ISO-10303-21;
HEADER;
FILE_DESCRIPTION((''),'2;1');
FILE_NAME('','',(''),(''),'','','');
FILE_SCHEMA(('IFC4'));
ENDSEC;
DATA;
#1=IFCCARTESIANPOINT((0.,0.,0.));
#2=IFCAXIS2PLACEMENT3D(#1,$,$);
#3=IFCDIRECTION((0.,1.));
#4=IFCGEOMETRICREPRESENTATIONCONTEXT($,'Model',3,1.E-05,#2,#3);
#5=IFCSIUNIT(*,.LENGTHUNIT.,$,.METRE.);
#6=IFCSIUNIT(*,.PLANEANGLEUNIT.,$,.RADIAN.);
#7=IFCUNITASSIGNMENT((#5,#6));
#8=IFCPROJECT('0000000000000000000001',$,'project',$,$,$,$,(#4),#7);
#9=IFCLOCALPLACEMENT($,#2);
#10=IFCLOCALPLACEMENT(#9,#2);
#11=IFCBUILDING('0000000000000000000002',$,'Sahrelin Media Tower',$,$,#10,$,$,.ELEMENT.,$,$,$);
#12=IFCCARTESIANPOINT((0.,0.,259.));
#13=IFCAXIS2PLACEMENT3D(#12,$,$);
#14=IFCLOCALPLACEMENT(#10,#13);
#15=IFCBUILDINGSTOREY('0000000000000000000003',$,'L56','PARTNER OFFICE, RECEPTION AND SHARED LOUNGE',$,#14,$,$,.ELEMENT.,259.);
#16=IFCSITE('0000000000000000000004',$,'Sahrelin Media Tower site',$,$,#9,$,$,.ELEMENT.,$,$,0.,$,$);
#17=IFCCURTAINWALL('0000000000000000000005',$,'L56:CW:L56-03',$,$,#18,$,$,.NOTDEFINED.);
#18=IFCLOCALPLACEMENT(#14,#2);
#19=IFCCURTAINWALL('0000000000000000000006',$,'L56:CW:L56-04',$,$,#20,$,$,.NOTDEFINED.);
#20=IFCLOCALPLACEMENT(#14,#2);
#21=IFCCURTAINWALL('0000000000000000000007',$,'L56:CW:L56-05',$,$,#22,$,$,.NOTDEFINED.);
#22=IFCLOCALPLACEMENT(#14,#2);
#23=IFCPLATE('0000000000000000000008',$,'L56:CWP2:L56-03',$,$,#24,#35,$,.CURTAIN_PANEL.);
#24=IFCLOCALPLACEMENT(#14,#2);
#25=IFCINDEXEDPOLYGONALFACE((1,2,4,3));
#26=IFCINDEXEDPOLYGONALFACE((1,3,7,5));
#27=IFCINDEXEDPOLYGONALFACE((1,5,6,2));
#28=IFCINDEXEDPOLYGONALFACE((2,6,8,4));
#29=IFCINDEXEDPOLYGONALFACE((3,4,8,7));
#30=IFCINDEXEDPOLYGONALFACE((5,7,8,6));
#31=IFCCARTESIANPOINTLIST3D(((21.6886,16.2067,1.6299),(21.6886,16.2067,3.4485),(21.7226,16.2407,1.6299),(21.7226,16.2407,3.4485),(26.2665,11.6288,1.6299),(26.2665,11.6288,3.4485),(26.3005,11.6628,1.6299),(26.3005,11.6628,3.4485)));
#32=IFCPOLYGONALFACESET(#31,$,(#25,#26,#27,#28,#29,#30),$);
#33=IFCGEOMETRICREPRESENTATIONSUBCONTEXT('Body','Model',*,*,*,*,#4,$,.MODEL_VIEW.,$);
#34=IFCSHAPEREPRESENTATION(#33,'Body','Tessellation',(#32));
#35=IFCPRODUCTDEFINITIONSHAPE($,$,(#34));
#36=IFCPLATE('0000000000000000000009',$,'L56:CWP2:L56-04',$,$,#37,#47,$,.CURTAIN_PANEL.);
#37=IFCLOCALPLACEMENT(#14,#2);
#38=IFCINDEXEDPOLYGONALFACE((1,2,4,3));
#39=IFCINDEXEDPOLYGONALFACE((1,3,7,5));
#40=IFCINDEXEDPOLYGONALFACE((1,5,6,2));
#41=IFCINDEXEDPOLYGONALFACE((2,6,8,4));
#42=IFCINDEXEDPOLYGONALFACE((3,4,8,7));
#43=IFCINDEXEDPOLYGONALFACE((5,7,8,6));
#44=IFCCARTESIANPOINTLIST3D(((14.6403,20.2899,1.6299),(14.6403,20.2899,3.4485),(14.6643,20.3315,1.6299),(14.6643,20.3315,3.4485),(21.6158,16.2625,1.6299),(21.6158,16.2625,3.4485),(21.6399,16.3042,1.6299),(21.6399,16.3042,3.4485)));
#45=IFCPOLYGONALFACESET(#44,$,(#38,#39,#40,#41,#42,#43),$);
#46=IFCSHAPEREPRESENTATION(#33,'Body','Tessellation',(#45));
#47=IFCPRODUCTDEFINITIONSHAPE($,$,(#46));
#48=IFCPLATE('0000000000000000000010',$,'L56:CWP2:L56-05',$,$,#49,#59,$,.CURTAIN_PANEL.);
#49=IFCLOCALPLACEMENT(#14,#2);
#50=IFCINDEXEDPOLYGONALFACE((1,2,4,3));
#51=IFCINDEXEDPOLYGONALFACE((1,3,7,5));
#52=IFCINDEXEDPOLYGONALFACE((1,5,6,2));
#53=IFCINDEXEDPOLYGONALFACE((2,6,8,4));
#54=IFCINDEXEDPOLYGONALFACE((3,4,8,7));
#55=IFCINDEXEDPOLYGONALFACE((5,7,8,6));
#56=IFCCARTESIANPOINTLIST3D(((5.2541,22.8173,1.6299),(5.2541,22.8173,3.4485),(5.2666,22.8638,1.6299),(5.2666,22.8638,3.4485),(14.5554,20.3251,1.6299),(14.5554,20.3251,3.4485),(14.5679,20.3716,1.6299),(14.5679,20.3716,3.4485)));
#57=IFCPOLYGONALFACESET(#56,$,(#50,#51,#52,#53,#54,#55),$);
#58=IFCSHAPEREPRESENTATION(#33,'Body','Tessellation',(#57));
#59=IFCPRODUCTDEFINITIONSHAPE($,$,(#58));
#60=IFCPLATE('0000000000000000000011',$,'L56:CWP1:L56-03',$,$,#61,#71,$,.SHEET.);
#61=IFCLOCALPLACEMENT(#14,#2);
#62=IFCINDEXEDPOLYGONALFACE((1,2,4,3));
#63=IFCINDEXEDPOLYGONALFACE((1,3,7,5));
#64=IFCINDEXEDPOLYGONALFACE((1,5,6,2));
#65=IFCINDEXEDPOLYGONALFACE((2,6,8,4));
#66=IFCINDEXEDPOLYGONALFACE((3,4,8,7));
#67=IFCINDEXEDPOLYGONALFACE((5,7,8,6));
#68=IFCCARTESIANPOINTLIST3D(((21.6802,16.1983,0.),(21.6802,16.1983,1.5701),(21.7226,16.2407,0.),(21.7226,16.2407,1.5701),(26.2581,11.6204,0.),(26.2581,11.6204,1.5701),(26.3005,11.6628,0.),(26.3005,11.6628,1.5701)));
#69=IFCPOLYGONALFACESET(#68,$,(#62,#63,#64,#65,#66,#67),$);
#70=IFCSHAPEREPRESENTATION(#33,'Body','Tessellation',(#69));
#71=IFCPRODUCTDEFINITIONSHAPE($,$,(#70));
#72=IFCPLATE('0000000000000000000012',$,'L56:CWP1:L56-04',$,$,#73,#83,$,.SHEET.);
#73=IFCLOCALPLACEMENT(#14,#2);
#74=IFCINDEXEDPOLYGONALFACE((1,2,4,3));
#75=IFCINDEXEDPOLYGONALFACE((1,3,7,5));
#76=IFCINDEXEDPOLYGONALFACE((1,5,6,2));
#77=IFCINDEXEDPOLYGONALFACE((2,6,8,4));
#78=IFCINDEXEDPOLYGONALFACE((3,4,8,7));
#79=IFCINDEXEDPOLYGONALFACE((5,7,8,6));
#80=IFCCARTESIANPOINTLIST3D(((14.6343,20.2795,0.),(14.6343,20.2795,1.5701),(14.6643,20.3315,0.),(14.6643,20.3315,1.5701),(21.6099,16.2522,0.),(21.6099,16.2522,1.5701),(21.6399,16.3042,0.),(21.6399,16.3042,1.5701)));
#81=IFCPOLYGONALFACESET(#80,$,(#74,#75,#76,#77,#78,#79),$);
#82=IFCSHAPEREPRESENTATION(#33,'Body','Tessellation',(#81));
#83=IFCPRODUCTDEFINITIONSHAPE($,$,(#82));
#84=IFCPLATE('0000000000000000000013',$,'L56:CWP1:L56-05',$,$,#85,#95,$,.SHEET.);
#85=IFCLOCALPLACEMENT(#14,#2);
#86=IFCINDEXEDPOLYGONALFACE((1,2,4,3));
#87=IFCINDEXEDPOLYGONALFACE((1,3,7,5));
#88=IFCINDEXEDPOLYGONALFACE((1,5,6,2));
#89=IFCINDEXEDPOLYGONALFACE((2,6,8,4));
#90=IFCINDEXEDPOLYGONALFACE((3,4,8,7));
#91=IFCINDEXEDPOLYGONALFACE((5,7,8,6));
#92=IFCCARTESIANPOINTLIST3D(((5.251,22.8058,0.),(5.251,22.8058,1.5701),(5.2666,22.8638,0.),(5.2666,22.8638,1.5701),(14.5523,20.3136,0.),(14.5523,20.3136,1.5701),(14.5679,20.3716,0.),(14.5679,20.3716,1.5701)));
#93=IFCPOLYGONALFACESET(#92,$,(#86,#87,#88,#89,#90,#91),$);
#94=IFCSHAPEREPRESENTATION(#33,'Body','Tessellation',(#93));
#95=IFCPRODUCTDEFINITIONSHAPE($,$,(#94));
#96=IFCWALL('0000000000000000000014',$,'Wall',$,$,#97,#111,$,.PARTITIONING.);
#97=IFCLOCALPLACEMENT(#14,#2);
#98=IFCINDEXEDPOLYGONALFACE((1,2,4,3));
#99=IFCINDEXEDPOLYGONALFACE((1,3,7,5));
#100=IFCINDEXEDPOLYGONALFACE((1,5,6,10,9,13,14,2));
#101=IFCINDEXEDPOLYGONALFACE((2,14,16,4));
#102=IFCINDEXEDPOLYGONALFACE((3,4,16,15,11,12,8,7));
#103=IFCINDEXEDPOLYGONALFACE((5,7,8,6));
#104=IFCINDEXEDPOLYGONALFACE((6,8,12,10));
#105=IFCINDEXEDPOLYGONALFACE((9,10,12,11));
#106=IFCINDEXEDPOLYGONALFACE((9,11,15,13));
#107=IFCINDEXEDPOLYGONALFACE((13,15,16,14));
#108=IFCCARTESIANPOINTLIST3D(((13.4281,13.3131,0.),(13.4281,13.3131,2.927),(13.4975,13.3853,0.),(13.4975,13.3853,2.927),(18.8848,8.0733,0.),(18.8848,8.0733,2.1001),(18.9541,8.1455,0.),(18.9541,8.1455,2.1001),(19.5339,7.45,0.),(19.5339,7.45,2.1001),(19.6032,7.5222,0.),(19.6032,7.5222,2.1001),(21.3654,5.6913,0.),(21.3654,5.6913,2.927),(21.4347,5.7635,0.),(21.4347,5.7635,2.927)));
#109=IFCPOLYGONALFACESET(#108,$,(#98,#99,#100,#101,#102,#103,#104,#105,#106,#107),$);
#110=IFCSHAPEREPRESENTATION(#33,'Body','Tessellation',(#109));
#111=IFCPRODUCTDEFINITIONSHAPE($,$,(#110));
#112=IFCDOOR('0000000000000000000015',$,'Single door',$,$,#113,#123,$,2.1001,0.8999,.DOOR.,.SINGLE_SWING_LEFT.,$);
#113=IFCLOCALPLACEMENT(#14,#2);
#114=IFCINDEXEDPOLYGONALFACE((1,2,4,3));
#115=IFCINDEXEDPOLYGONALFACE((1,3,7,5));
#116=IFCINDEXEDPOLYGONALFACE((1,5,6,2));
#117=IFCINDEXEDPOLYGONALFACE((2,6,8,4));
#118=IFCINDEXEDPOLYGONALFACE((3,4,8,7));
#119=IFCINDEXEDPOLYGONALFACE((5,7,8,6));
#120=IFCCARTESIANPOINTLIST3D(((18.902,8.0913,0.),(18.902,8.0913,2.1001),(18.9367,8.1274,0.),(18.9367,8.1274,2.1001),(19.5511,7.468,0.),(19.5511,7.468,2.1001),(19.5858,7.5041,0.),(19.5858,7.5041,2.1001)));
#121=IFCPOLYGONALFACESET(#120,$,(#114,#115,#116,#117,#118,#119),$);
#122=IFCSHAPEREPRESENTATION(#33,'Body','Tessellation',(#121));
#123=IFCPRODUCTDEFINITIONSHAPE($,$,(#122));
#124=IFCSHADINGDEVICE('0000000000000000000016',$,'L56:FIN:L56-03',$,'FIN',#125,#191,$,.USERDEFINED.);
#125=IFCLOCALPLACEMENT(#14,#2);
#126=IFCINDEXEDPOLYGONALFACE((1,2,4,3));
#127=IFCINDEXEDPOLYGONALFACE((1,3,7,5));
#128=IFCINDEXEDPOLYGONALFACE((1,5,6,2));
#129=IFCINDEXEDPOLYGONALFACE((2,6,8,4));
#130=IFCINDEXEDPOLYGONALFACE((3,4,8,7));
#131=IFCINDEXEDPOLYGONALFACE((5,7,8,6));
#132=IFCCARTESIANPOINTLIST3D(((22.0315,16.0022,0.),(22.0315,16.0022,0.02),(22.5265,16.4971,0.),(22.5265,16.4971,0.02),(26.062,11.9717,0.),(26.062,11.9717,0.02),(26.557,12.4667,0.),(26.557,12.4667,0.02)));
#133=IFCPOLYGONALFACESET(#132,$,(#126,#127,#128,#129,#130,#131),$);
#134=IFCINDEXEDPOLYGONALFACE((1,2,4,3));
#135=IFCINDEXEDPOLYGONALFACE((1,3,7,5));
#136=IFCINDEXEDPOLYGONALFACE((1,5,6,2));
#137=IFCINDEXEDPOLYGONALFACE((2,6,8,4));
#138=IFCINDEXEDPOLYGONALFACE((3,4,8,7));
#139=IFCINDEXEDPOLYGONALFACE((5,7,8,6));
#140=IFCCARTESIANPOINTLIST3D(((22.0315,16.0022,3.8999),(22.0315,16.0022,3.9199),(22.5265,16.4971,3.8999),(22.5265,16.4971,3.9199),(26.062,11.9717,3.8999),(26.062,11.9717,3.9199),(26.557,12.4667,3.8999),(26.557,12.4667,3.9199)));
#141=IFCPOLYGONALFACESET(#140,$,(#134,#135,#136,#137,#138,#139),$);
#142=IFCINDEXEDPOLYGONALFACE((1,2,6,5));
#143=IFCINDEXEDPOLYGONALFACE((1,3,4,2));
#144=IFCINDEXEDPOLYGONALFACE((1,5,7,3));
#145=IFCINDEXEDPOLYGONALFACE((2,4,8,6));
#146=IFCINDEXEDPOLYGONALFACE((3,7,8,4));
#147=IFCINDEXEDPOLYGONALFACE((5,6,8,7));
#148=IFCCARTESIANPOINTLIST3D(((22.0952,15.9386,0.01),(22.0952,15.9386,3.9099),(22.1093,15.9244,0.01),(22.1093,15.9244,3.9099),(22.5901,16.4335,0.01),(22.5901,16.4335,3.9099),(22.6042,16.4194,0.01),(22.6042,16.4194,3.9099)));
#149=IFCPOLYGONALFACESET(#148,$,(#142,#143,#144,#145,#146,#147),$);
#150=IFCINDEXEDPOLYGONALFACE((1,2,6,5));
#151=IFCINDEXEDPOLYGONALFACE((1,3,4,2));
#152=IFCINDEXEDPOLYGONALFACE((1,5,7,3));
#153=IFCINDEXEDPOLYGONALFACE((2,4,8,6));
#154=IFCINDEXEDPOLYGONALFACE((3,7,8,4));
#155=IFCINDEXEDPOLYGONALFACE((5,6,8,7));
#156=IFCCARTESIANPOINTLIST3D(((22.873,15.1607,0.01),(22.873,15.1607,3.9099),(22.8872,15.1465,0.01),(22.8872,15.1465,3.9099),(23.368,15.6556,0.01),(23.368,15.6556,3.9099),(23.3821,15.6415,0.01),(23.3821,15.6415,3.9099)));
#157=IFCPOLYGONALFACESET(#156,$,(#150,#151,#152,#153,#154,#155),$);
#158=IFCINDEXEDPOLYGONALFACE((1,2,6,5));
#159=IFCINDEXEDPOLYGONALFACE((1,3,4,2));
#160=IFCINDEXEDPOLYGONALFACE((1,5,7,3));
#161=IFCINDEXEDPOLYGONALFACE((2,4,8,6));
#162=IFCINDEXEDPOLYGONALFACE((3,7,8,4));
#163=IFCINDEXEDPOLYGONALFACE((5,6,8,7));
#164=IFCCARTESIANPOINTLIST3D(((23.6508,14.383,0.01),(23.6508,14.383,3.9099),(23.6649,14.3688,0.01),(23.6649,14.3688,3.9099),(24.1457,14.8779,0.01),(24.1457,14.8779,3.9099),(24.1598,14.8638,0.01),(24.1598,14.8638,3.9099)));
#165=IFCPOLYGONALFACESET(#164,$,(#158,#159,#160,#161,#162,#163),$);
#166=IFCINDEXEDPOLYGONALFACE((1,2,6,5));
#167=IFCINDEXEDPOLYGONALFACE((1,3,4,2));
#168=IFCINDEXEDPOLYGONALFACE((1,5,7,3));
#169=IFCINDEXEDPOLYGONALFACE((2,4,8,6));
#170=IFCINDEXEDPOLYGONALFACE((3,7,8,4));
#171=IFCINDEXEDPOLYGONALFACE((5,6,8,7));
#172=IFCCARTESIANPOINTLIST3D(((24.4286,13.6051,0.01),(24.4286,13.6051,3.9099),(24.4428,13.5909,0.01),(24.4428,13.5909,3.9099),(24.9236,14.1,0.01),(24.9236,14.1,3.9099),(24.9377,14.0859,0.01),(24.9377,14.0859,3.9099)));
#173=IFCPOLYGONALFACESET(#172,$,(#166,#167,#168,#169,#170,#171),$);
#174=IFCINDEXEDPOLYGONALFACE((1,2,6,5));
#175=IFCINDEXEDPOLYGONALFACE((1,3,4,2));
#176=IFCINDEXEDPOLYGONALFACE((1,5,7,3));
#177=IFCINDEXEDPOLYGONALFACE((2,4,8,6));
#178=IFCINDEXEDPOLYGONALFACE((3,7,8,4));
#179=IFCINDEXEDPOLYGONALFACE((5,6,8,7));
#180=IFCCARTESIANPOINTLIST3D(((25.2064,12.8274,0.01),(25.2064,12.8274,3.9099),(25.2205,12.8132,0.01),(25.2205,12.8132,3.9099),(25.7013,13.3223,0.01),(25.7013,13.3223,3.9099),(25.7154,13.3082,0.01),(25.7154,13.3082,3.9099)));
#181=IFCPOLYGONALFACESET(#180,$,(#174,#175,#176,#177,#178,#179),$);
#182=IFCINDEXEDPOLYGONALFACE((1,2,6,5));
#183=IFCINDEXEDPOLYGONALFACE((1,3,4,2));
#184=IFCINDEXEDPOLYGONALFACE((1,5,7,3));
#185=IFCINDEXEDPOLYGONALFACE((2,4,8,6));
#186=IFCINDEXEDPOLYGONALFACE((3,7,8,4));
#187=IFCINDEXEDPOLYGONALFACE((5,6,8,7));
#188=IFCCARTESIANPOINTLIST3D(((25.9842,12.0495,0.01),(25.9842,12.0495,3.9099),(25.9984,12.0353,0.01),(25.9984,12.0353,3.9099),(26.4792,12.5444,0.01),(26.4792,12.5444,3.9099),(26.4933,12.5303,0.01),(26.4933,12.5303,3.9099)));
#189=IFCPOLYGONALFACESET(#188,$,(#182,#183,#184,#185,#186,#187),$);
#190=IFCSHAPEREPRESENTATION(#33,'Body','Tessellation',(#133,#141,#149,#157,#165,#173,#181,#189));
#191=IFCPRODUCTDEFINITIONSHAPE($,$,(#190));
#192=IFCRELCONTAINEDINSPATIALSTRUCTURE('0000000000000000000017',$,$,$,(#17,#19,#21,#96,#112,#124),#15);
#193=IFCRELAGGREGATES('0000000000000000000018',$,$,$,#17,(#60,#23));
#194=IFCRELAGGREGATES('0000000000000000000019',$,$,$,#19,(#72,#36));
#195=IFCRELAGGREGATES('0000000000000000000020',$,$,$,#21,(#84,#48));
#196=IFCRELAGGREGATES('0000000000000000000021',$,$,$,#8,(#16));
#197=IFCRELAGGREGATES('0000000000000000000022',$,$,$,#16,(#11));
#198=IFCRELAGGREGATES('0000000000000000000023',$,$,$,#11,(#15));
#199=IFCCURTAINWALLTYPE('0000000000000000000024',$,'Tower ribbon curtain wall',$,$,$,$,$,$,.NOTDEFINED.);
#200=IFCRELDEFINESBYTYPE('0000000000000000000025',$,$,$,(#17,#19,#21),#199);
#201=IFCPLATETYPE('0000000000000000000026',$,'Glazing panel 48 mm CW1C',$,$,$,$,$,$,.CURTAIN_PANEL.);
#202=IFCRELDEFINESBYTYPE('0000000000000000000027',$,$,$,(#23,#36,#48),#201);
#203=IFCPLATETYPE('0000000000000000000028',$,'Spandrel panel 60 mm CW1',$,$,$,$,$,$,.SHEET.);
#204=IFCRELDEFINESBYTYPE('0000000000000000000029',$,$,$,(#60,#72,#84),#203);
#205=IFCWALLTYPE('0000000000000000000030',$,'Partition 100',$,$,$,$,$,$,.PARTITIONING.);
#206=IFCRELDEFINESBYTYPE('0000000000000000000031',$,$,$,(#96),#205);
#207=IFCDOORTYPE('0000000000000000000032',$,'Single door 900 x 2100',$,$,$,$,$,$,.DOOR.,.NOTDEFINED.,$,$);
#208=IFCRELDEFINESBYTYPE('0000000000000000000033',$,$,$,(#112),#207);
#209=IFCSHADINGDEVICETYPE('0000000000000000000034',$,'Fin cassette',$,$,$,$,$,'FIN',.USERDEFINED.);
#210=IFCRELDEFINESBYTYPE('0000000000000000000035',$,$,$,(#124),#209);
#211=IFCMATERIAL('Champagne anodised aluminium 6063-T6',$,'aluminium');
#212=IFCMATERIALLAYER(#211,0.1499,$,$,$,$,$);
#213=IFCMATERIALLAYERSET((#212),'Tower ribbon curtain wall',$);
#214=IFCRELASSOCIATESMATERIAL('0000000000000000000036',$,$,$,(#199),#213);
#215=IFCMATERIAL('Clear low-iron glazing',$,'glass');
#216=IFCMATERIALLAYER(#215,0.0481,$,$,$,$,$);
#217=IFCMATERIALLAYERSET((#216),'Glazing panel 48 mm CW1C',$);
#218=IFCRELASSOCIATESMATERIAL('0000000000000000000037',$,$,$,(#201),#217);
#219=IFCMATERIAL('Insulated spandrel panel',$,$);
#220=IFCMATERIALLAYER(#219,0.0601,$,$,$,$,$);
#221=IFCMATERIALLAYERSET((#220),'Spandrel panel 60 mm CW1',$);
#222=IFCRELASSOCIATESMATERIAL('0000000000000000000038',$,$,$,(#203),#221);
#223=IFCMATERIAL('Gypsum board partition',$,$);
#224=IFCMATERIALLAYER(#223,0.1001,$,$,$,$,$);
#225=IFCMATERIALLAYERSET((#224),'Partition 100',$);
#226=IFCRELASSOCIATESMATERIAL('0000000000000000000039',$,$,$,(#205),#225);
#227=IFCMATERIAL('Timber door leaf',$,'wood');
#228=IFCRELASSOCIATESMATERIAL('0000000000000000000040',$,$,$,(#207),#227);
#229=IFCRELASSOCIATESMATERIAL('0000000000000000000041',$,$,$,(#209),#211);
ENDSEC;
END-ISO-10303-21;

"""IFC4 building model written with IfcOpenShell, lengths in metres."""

from ifc_helpers import new_model, si_unit, direction, frame, frame_2d, origin, origin_2d, place, context, subcontext, project, spatial, polyline, rectangle, outline, extrude, material, layer, layer_set, type_object, element, fill, aggregate, save


model = new_model("IFC4")

# Units and contexts
model_context = context("Model", 3, precision=1e-05, world=origin(), true_north=direction((0.0, 1.0)))
body_context = subcontext(model_context, "Body", "Model", "MODEL_VIEW")
ifc_project = project(units=[si_unit("LENGTHUNIT", "METRE"), si_unit("PLANEANGLEUNIT", "RADIAN")], contexts=[model_context])

# Site, building, storey
site_placement = place(None, origin())
site = spatial("IfcSite", under=ifc_project, at=site_placement, Name="Sahrelin Media Tower site", CompositionType="ELEMENT", RefElevation=0.0)
building_placement = place(site_placement, origin())
building = spatial("IfcBuilding", under=site, at=building_placement, Name="Sahrelin Media Tower", CompositionType="ELEMENT")
storey_placement = place(building_placement, frame((0.0, 0.0, 259.0)))
storey = spatial("IfcBuildingStorey", under=building, at=storey_placement, Name="L56", Description="PARTNER OFFICE, RECEPTION AND SHARED LOUNGE", CompositionType="ELEMENT", Elevation=259.0)

# Curtain walls
ifc_material_1 = material(Name="Champagne anodised aluminium 6063-T6", Category="aluminium")
ifc_layer_1 = layer(ifc_material_1, 0.1499)
ifc_layer_set_1 = layer_set([ifc_layer_1], Name="Tower ribbon curtain wall")
curtain_wall_type = type_object("IfcCurtainWallType", Name="Tower ribbon curtain wall", PredefinedType="NOTDEFINED", material=ifc_layer_set_1)
curtain_wall_1_placement = place(storey_placement, frame((23.9973, 13.9375, 0.0), z_axis=(0.0, 0.0, 1.0), x_axis=(1.0, 0.0, 0.0)))
curtain_wall_1 = element("IfcCurtainWall", 1, at=curtain_wall_1_placement, inside=storey, type_object=curtain_wall_type, Name="L56:CW:L56-03", PredefinedType="NOTDEFINED")
curtain_wall_2_placement = place(storey_placement, frame((18.1421, 18.3005, 0.0), z_axis=(0.0, 0.0, 1.0), x_axis=(1.0, 0.0, 0.0)))
curtain_wall_2 = element("IfcCurtainWall", 2, at=curtain_wall_2_placement, inside=storey, type_object=curtain_wall_type, Name="L56:CW:L56-04", PredefinedType="NOTDEFINED")

# Curtain wall
curtain_wall_3_placement = place(storey_placement, frame((9.9121, 21.5984, 0.0), z_axis=(0.0, 0.0, 1.0), x_axis=(1.0, 0.0, 0.0)))
curtain_wall_3 = element("IfcCurtainWall", 3, at=curtain_wall_3_placement, inside=storey, type_object=curtain_wall_type, Name="L56:CW:L56-05", PredefinedType="NOTDEFINED")

# Plates
ifc_material_2 = material(Name="Clear low-iron glazing", Category="glass")
ifc_layer_2 = layer(ifc_material_2, 0.0481)
ifc_layer_set_2 = layer_set([ifc_layer_2], Name="Glazing panel 48 mm CW1C")
plate_type_1 = type_object("IfcPlateType", Name="Glazing panel 48 mm CW1C", PredefinedType="CURTAIN_PANEL", material=ifc_layer_set_2)
plate_1_placement = place(storey_placement, frame((26.3005, 11.6628, 1.6299), z_axis=(0.707107, 0.707107, 0.0), x_axis=(-0.707107, 0.707107, 0.0)))
plate_1 = element("IfcPlate", 4, at=plate_1_placement, type_object=plate_type_1, Name="L56:CWP2:L56-03", PredefinedType="CURTAIN_PANEL", context=body_context, shape_type="SweptSolid", body=[
    extrude(outline(polyline([(0.0, 0.0), (6.4741, 0.0), (6.4741, 1.8186), (0.0, 1.8186), (0.0, 0.0)])), origin(), (0.0, 0.0, -1.0), 0.0481),
])
plate_2_placement = place(storey_placement, frame((21.6399, 16.3042, 1.6299), z_axis=(0.499999, 0.866026, 0.0), x_axis=(-0.866026, 0.499999, 0.0)))
plate_2 = element("IfcPlate", 5, at=plate_2_placement, type_object=plate_type_1, Name="L56:CWP2:L56-04", PredefinedType="CURTAIN_PANEL", context=body_context, shape_type="SweptSolid", body=[
    extrude(outline(polyline([(0.0, 0.0), (8.0547, 0.0), (8.0547, 1.8186), (0.0, 1.8186), (0.0, 0.0)])), origin(), (0.0, 0.0, -1.0), 0.0481),
])
plate_3_placement = place(storey_placement, frame((14.5679, 20.3716, 1.6299), z_axis=(0.258811, 0.965928, 0.0), x_axis=(-0.965928, 0.258811, 0.0)))
plate_3 = element("IfcPlate", 6, at=plate_3_placement, type_object=plate_type_1, Name="L56:CWP2:L56-05", PredefinedType="CURTAIN_PANEL", context=body_context, shape_type="SweptSolid", body=[
    extrude(outline(polyline([(0.0, 0.0), (9.6294, 0.0), (9.6294, 1.8186), (0.0, 1.8186), (0.0, 0.0)])), origin(), (0.0, 0.0, -1.0), 0.0481),
])
ifc_material_3 = material(Name="Insulated spandrel panel")
ifc_layer_3 = layer(ifc_material_3, 0.0601)
ifc_layer_set_3 = layer_set([ifc_layer_3], Name="Spandrel panel 60 mm CW1")
plate_type_2 = type_object("IfcPlateType", Name="Spandrel panel 60 mm CW1", PredefinedType="SHEET", material=ifc_layer_set_3)
plate_4_placement = place(storey_placement, frame((26.3005, 11.6628, 0.0), z_axis=(0.707107, 0.707107, 0.0), x_axis=(-0.707107, 0.707107, 0.0)))
plate_4 = element("IfcPlate", 7, at=plate_4_placement, type_object=plate_type_2, Name="L56:CWP1:L56-03", PredefinedType="SHEET", context=body_context, shape_type="SweptSolid", body=[
    extrude(outline(polyline([(0.0, 0.0), (6.4741, 0.0), (6.4741, 1.5701), (0.0, 1.5701), (0.0, 0.0)])), origin(), (0.0, 0.0, -1.0), 0.0601),
])
aggregate(curtain_wall_1, [plate_4, plate_1])
plate_5_placement = place(storey_placement, frame((21.6399, 16.3042, 0.0), z_axis=(0.499999, 0.866026, 0.0), x_axis=(-0.866026, 0.499999, 0.0)))
plate_5 = element("IfcPlate", 8, at=plate_5_placement, type_object=plate_type_2, Name="L56:CWP1:L56-04", PredefinedType="SHEET", context=body_context, shape_type="SweptSolid", body=[
    extrude(outline(polyline([(0.0, 0.0), (8.0547, 0.0), (8.0547, 1.5701), (0.0, 1.5701), (0.0, 0.0)])), origin(), (0.0, 0.0, -1.0), 0.0601),
])
aggregate(curtain_wall_2, [plate_5, plate_2])
plate_6_placement = place(storey_placement, frame((14.5679, 20.3716, 0.0), z_axis=(0.258811, 0.965928, 0.0), x_axis=(-0.965928, 0.258811, 0.0)))
plate_6 = element("IfcPlate", 9, at=plate_6_placement, type_object=plate_type_2, Name="L56:CWP1:L56-05", PredefinedType="SHEET", context=body_context, shape_type="SweptSolid", body=[
    extrude(outline(polyline([(0.0, 0.0), (9.6294, 0.0), (9.6294, 1.5701), (0.0, 1.5701), (0.0, 0.0)])), origin(), (0.0, 0.0, -1.0), 0.0601),
])
aggregate(curtain_wall_3, [plate_6, plate_3])

# Wall, opening, door
ifc_material_4 = material(Name="Gypsum board partition")
ifc_layer_4 = layer(ifc_material_4, 0.1001)
ifc_layer_set_4 = layer_set([ifc_layer_4], Name="Partition 100")
wall_type = type_object("IfcWallType", Name="Partition 100", PredefinedType="PARTITIONING", material=ifc_layer_set_4)
wall_placement = place(storey_placement, frame((13.4629, 13.3491, 0.0), z_axis=(0.0, 0.0, 1.0), x_axis=(0.721294, -0.692629, 0.0)))
wall = element("IfcWall", 10, at=wall_placement, inside=storey, type_object=wall_type, Name="Wall", PredefinedType="PARTITIONING", context=body_context, shape_type="SweptSolid", body=[
    extrude(rectangle(XDim=11.0042, YDim=0.1001, at=frame_2d((5.502, 0.0))), origin(), (0.0, 0.0, 1.0), 2.927),
])
opening_placement = place(wall_placement, frame((7.5649, 0.0, 0.0)))
opening = element("IfcOpeningElement", 11, at=opening_placement, cuts=wall, PredefinedType="OPENING", context=body_context, shape_type="SweptSolid", body=[
    extrude(rectangle(XDim=0.8999, YDim=2.1001, at=frame_2d((0.45, 1.05))), frame((0.0, 0.05, 0.0), z_axis=(0.0, -1.0, 0.0), x_axis=(1.0, 0.0, 0.0)), (0.0, 0.0, 1.0), 0.1001),
])
ifc_material_5 = material(Name="Timber door leaf", Category="wood")
door_type = type_object("IfcDoorType", Name="Single door 900 x 2100", OperationType="NOTDEFINED", PredefinedType="DOOR", material=ifc_material_5)
door_placement = place(opening_placement, origin())
door = element("IfcDoor", 12, at=door_placement, inside=storey, type_object=door_type, Name="Single door", OperationType="SINGLE_SWING_LEFT", OverallHeight=2.1001, OverallWidth=0.8999, PredefinedType="DOOR", context=body_context, shape_type="SweptSolid", body=[
    extrude(rectangle(XDim=0.8999, YDim=2.1001, at=frame_2d((0.45, 1.05))), frame((0.0, 0.0249, 0.0), z_axis=(0.0, -1.0, 0.0), x_axis=(1.0, 0.0, 0.0)), (0.0, 0.0, 1.0), 0.05),
])
fill(opening, door)

# Shading device
shading_device_type_1 = type_object("IfcShadingDeviceType", Name="Fin cassette", ElementType="FIN", PredefinedType="USERDEFINED", material=ifc_material_1)
placement_1 = place(storey_placement, frame((23.9973, 13.9375, 0.0), z_axis=(0.0, 0.0, 1.0), x_axis=(0.707107, -0.707107, 0.0)))
element("IfcShadingDevice", 13, at=placement_1, inside=storey, type_object=shading_device_type_1, Name="L56:FIN:L56-03", ObjectType="FIN", PredefinedType="USERDEFINED", context=body_context, shape_type="SweptSolid", body=[
    extrude(rectangle(XDim=5.7, YDim=0.7, at=origin_2d()), frame((0.0, 0.4199, 0.0)), (0.0, 0.0, 1.0), 0.02),
    extrude(rectangle(XDim=5.7, YDim=0.7, at=origin_2d()), frame((0.0, 0.4199, 3.8999)), (0.0, 0.0, 1.0), 0.02),
    extrude(rectangle(XDim=0.02, YDim=0.7, at=origin_2d()), frame((-2.75, 0.4199, 0.01), z_axis=(0.0, 0.0, 1.0), x_axis=(1.0, 0.0, 0.0)), (0.0, 0.0, 1.0), 3.8999),
    extrude(rectangle(XDim=0.02, YDim=0.7, at=origin_2d()), frame((-1.6499, 0.4199, 0.01), z_axis=(0.0, 0.0, 1.0), x_axis=(1.0, 0.0, 0.0)), (0.0, 0.0, 1.0), 3.8999),
    extrude(rectangle(XDim=0.02, YDim=0.7, at=origin_2d()), frame((-0.55, 0.4199, 0.01), z_axis=(0.0, 0.0, 1.0), x_axis=(1.0, 0.0, 0.0)), (0.0, 0.0, 1.0), 3.8999),
    extrude(rectangle(XDim=0.02, YDim=0.7, at=origin_2d()), frame((0.55, 0.4199, 0.01), z_axis=(0.0, 0.0, 1.0), x_axis=(1.0, 0.0, 0.0)), (0.0, 0.0, 1.0), 3.8999),
    extrude(rectangle(XDim=0.02, YDim=0.7, at=origin_2d()), frame((1.6499, 0.4199, 0.01), z_axis=(0.0, 0.0, 1.0), x_axis=(1.0, 0.0, 0.0)), (0.0, 0.0, 1.0), 3.8999),
    extrude(rectangle(XDim=0.02, YDim=0.7, at=origin_2d()), frame((2.75, 0.4199, 0.01), z_axis=(0.0, 0.0, 1.0), x_axis=(1.0, 0.0, 0.0)), (0.0, 0.0, 1.0), 3.8999),
])

save(model, "model.ifc")
